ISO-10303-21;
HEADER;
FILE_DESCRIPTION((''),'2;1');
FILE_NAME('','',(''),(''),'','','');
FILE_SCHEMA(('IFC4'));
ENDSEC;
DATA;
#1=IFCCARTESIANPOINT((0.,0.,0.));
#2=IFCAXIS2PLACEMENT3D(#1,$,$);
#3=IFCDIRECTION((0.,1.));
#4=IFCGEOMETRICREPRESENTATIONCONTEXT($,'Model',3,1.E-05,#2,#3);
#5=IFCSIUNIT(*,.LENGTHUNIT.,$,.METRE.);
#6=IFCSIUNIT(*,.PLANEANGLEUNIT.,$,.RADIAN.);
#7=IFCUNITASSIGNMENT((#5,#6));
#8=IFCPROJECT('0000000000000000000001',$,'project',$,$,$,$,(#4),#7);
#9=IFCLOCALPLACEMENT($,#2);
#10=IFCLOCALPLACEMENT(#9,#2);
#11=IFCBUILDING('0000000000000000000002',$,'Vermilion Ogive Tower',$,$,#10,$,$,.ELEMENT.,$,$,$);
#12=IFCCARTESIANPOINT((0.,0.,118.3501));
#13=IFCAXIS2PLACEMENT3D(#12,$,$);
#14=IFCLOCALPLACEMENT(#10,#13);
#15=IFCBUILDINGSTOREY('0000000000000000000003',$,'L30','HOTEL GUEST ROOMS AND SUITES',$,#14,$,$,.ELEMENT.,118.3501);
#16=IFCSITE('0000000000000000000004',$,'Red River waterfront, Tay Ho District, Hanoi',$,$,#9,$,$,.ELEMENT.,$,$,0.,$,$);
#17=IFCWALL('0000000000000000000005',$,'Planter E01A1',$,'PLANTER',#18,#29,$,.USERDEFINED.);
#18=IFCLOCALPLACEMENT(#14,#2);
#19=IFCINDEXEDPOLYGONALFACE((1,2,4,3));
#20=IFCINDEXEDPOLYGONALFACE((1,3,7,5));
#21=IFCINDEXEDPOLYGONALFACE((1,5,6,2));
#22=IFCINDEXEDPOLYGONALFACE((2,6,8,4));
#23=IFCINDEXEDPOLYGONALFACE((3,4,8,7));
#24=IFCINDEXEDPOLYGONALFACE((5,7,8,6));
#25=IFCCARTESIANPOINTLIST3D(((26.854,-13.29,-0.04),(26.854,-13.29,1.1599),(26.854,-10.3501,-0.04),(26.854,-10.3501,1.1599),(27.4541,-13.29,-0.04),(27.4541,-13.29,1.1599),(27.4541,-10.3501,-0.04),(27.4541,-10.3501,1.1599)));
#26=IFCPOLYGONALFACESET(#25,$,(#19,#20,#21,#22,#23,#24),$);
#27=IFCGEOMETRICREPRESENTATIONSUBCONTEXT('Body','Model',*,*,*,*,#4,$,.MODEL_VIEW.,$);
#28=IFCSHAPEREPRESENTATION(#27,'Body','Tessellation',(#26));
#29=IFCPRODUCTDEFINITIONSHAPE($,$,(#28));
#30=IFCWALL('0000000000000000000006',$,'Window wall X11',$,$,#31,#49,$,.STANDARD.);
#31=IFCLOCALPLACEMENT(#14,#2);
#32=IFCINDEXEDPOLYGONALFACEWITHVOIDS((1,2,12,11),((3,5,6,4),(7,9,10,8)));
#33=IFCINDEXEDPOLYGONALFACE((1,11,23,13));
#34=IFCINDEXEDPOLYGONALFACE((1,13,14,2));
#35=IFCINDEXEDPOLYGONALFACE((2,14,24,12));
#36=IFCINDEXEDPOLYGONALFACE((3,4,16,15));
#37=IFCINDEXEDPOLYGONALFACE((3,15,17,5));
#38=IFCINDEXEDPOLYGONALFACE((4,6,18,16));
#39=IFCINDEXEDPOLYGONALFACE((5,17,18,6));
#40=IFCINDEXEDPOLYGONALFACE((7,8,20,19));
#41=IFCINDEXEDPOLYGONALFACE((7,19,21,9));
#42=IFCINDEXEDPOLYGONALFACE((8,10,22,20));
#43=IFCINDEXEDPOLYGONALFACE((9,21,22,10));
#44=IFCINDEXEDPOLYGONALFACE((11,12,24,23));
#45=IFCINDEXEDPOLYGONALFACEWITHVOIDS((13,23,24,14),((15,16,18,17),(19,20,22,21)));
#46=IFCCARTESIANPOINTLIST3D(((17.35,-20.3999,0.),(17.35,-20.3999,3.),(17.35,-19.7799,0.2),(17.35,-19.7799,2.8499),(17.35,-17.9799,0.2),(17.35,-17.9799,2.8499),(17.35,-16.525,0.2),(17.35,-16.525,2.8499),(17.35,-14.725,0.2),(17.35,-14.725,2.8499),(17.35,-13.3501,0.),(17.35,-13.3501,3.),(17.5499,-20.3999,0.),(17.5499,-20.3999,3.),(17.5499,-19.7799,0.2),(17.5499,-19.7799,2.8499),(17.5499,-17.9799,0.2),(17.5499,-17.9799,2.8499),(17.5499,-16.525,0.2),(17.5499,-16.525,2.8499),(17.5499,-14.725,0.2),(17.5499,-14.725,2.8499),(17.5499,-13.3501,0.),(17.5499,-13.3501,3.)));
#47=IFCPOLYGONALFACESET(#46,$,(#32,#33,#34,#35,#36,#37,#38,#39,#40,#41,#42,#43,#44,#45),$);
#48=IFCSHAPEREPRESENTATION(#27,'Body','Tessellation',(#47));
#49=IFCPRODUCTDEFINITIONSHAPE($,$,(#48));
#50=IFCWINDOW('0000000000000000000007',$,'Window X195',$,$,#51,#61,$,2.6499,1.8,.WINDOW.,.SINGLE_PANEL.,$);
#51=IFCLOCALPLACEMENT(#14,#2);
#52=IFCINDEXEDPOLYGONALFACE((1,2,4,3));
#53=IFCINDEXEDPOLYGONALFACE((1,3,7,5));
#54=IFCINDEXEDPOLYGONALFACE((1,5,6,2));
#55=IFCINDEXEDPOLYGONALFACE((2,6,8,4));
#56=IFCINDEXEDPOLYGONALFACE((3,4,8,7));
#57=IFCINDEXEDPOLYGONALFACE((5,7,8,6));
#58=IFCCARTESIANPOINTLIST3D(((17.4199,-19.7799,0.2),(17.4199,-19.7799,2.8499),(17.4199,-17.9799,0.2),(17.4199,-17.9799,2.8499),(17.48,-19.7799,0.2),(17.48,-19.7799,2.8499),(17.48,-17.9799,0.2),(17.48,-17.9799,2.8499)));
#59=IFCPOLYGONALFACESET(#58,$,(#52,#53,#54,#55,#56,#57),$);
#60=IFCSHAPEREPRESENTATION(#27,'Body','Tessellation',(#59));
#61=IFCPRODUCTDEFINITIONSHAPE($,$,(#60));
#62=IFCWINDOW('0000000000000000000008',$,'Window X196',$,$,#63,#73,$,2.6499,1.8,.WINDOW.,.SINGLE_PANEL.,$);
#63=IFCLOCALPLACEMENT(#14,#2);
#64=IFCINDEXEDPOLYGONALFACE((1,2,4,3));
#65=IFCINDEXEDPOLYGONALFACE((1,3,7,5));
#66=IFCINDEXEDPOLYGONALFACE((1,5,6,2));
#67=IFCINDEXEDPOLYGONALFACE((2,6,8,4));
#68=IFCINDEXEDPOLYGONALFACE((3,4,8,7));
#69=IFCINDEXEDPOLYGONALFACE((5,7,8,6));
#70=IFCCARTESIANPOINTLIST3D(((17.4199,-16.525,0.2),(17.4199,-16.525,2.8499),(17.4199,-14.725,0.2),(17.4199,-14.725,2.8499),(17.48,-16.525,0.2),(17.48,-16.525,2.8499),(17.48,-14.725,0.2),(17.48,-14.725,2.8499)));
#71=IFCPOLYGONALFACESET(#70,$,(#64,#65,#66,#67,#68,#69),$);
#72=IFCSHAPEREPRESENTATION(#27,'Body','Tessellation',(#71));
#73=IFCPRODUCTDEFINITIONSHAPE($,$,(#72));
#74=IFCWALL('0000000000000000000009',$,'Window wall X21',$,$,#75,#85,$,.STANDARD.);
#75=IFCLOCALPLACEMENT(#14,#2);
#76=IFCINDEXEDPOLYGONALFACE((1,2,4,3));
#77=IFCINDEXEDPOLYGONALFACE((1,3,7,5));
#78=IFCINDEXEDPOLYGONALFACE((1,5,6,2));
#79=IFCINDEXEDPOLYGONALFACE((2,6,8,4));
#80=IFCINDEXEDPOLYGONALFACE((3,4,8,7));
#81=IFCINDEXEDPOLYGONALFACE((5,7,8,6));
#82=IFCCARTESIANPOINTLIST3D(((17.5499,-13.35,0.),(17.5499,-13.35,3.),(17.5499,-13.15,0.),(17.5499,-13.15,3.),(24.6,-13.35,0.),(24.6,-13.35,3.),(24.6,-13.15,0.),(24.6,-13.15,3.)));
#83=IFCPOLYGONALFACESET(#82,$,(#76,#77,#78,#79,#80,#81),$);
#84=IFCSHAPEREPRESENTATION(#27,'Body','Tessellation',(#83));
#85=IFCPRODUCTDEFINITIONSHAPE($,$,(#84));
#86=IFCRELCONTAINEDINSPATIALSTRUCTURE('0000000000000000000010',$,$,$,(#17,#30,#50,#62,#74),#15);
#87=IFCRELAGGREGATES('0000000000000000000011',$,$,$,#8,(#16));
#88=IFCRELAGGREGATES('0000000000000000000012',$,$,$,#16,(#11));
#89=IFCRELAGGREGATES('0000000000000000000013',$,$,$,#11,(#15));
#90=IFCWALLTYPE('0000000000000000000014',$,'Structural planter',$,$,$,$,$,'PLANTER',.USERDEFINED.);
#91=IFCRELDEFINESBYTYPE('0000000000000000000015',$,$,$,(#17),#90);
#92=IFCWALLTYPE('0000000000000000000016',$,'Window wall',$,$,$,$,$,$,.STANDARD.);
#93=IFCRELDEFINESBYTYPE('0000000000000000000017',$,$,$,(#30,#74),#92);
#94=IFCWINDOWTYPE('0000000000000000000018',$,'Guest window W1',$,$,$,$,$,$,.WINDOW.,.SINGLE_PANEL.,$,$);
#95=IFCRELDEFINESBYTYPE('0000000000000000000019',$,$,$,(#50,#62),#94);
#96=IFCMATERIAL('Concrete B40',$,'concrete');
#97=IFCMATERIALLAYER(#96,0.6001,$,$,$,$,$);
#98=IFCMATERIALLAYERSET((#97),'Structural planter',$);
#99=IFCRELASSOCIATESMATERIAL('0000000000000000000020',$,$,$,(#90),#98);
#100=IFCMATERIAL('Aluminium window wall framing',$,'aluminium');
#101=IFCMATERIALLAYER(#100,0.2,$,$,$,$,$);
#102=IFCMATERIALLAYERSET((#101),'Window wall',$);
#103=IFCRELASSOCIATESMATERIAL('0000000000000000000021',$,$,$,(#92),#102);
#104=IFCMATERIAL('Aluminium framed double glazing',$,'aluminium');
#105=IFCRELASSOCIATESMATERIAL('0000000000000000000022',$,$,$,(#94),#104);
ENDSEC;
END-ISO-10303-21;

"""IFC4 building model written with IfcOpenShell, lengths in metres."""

from ifc_helpers import new_model, si_unit, direction, frame, frame_2d, origin, place, context, subcontext, project, spatial, rectangle, extrude, material, layer, layer_set, type_object, element, fill, save


model = new_model("IFC4")

# Units and contexts
model_context = context("Model", 3, precision=1e-05, world=origin(), true_north=direction((0.0, 1.0)))
body_context = subcontext(model_context, "Body", "Model", "MODEL_VIEW")
ifc_project = project(units=[si_unit("LENGTHUNIT", "METRE"), si_unit("PLANEANGLEUNIT", "RADIAN")], contexts=[model_context])

# Site, building, storey
site_placement = place(None, origin())
site = spatial("IfcSite", under=ifc_project, at=site_placement, Name="Red River waterfront, Tay Ho District, Hanoi", CompositionType="ELEMENT", RefElevation=0.0)
building_placement = place(site_placement, origin())
building = spatial("IfcBuilding", under=site, at=building_placement, Name="Vermilion Ogive Tower", CompositionType="ELEMENT")
storey_placement = place(building_placement, frame((0.0, 0.0, 118.3501)))
storey = spatial("IfcBuildingStorey", under=building, at=storey_placement, Name="L30", Description="HOTEL GUEST ROOMS AND SUITES", CompositionType="ELEMENT", Elevation=118.3501)

# Wall
ifc_material_1 = material(Name="Concrete B40", Category="concrete")
ifc_layer_1 = layer(ifc_material_1, 0.6001)
ifc_layer_set_1 = layer_set([ifc_layer_1], Name="Structural planter")
wall_type_1 = type_object("IfcWallType", Name="Structural planter", ElementType="PLANTER", PredefinedType="USERDEFINED", material=ifc_layer_set_1)
wall_1_placement = place(storey_placement, frame((27.1541, -13.29, -0.04), z_axis=(0.0, 0.0, 1.0), x_axis=(0.0, 1.0, 0.0)))
element("IfcWall", 1, at=wall_1_placement, inside=storey, type_object=wall_type_1, Name="Planter E01A1", ObjectType="PLANTER", PredefinedType="USERDEFINED", context=body_context, shape_type="SweptSolid", body=[
    extrude(rectangle(XDim=2.9399, YDim=0.6001, at=frame_2d((1.47, 0.0))), origin(), (0.0, 0.0, 1.0), 1.2),
])

# Wall, openings, windows
ifc_material_2 = material(Name="Aluminium window wall framing", Category="aluminium")
ifc_layer_2 = layer(ifc_material_2, 0.2)
ifc_layer_set_2 = layer_set([ifc_layer_2], Name="Window wall")
wall_type_2 = type_object("IfcWallType", Name="Window wall", PredefinedType="STANDARD", material=ifc_layer_set_2)
wall_2_placement = place(storey_placement, frame((17.45, -20.3999, 0.0), z_axis=(0.0, 0.0, 1.0), x_axis=(0.0, 1.0, 0.0)))
wall_2 = element("IfcWall", 2, at=wall_2_placement, inside=storey, type_object=wall_type_2, Name="Window wall X11", PredefinedType="STANDARD", context=body_context, shape_type="SweptSolid", body=[
    extrude(rectangle(XDim=7.0498, YDim=0.2, at=frame_2d((3.5249, 0.0))), origin(), (0.0, 0.0, 1.0), 3.0),
])
opening_1_placement = place(wall_2_placement, frame((0.6201, 0.0, 0.2)))
opening_1 = element("IfcOpeningElement", 3, at=opening_1_placement, cuts=wall_2, PredefinedType="OPENING", context=body_context, shape_type="SweptSolid", body=[
    extrude(rectangle(XDim=1.8, YDim=2.6499, at=frame_2d((0.8999, 1.325))), frame((0.0, 0.1099, 0.0), z_axis=(0.0, -1.0, 0.0), x_axis=(1.0, 0.0, 0.0)), (0.0, 0.0, 1.0), 0.22),
])
opening_2_placement = place(wall_2_placement, frame((3.875, 0.0, 0.2)))
opening_2 = element("IfcOpeningElement", 4, at=opening_2_placement, cuts=wall_2, PredefinedType="OPENING", context=body_context, shape_type="SweptSolid", body=[
    extrude(rectangle(XDim=1.8, YDim=2.6499, at=frame_2d((0.8999, 1.325))), frame((0.0, 0.1099, 0.0), z_axis=(0.0, -1.0, 0.0), x_axis=(1.0, 0.0, 0.0)), (0.0, 0.0, 1.0), 0.22),
])
ifc_material_3 = material(Name="Aluminium framed double glazing", Category="aluminium")
window_type = type_object("IfcWindowType", Name="Guest window W1", PartitioningType="SINGLE_PANEL", PredefinedType="WINDOW", material=ifc_material_3)
window_1_placement = place(opening_1_placement, origin())
window_1 = element("IfcWindow", 5, at=window_1_placement, inside=storey, type_object=window_type, Name="Window X195", OverallHeight=2.6499, OverallWidth=1.8, PartitioningType="SINGLE_PANEL", PredefinedType="WINDOW", context=body_context, shape_type="SweptSolid", body=[
    extrude(rectangle(XDim=1.8, YDim=2.6499, at=frame_2d((0.8999, 1.325))), frame((0.0, 0.03, 0.0), z_axis=(0.0, -1.0, 0.0), x_axis=(1.0, 0.0, 0.0)), (0.0, 0.0, 1.0), 0.0601),
])
fill(opening_1, window_1)
window_2_placement = place(opening_2_placement, origin())
window_2 = element("IfcWindow", 6, at=window_2_placement, inside=storey, type_object=window_type, Name="Window X196", OverallHeight=2.6499, OverallWidth=1.8, PartitioningType="SINGLE_PANEL", PredefinedType="WINDOW", context=body_context, shape_type="SweptSolid", body=[
    extrude(rectangle(XDim=1.8, YDim=2.6499, at=frame_2d((0.8999, 1.325))), frame((0.0, 0.03, 0.0), z_axis=(0.0, -1.0, 0.0), x_axis=(1.0, 0.0, 0.0)), (0.0, 0.0, 1.0), 0.0601),
])
fill(opening_2, window_2)

# Wall
wall_3_placement = place(storey_placement, frame((17.55, -13.25, 0.0), z_axis=(0.0, 0.0, 1.0), x_axis=(1.0, 0.0, 0.0)))
element("IfcWall", 7, at=wall_3_placement, inside=storey, type_object=wall_type_2, Name="Window wall X21", PredefinedType="STANDARD", context=body_context, shape_type="SweptSolid", body=[
    extrude(rectangle(XDim=7.05, YDim=0.2, at=frame_2d((3.5249, 0.0))), origin(), (0.0, 0.0, 1.0), 3.0),
])

save(model, "model.ifc")
